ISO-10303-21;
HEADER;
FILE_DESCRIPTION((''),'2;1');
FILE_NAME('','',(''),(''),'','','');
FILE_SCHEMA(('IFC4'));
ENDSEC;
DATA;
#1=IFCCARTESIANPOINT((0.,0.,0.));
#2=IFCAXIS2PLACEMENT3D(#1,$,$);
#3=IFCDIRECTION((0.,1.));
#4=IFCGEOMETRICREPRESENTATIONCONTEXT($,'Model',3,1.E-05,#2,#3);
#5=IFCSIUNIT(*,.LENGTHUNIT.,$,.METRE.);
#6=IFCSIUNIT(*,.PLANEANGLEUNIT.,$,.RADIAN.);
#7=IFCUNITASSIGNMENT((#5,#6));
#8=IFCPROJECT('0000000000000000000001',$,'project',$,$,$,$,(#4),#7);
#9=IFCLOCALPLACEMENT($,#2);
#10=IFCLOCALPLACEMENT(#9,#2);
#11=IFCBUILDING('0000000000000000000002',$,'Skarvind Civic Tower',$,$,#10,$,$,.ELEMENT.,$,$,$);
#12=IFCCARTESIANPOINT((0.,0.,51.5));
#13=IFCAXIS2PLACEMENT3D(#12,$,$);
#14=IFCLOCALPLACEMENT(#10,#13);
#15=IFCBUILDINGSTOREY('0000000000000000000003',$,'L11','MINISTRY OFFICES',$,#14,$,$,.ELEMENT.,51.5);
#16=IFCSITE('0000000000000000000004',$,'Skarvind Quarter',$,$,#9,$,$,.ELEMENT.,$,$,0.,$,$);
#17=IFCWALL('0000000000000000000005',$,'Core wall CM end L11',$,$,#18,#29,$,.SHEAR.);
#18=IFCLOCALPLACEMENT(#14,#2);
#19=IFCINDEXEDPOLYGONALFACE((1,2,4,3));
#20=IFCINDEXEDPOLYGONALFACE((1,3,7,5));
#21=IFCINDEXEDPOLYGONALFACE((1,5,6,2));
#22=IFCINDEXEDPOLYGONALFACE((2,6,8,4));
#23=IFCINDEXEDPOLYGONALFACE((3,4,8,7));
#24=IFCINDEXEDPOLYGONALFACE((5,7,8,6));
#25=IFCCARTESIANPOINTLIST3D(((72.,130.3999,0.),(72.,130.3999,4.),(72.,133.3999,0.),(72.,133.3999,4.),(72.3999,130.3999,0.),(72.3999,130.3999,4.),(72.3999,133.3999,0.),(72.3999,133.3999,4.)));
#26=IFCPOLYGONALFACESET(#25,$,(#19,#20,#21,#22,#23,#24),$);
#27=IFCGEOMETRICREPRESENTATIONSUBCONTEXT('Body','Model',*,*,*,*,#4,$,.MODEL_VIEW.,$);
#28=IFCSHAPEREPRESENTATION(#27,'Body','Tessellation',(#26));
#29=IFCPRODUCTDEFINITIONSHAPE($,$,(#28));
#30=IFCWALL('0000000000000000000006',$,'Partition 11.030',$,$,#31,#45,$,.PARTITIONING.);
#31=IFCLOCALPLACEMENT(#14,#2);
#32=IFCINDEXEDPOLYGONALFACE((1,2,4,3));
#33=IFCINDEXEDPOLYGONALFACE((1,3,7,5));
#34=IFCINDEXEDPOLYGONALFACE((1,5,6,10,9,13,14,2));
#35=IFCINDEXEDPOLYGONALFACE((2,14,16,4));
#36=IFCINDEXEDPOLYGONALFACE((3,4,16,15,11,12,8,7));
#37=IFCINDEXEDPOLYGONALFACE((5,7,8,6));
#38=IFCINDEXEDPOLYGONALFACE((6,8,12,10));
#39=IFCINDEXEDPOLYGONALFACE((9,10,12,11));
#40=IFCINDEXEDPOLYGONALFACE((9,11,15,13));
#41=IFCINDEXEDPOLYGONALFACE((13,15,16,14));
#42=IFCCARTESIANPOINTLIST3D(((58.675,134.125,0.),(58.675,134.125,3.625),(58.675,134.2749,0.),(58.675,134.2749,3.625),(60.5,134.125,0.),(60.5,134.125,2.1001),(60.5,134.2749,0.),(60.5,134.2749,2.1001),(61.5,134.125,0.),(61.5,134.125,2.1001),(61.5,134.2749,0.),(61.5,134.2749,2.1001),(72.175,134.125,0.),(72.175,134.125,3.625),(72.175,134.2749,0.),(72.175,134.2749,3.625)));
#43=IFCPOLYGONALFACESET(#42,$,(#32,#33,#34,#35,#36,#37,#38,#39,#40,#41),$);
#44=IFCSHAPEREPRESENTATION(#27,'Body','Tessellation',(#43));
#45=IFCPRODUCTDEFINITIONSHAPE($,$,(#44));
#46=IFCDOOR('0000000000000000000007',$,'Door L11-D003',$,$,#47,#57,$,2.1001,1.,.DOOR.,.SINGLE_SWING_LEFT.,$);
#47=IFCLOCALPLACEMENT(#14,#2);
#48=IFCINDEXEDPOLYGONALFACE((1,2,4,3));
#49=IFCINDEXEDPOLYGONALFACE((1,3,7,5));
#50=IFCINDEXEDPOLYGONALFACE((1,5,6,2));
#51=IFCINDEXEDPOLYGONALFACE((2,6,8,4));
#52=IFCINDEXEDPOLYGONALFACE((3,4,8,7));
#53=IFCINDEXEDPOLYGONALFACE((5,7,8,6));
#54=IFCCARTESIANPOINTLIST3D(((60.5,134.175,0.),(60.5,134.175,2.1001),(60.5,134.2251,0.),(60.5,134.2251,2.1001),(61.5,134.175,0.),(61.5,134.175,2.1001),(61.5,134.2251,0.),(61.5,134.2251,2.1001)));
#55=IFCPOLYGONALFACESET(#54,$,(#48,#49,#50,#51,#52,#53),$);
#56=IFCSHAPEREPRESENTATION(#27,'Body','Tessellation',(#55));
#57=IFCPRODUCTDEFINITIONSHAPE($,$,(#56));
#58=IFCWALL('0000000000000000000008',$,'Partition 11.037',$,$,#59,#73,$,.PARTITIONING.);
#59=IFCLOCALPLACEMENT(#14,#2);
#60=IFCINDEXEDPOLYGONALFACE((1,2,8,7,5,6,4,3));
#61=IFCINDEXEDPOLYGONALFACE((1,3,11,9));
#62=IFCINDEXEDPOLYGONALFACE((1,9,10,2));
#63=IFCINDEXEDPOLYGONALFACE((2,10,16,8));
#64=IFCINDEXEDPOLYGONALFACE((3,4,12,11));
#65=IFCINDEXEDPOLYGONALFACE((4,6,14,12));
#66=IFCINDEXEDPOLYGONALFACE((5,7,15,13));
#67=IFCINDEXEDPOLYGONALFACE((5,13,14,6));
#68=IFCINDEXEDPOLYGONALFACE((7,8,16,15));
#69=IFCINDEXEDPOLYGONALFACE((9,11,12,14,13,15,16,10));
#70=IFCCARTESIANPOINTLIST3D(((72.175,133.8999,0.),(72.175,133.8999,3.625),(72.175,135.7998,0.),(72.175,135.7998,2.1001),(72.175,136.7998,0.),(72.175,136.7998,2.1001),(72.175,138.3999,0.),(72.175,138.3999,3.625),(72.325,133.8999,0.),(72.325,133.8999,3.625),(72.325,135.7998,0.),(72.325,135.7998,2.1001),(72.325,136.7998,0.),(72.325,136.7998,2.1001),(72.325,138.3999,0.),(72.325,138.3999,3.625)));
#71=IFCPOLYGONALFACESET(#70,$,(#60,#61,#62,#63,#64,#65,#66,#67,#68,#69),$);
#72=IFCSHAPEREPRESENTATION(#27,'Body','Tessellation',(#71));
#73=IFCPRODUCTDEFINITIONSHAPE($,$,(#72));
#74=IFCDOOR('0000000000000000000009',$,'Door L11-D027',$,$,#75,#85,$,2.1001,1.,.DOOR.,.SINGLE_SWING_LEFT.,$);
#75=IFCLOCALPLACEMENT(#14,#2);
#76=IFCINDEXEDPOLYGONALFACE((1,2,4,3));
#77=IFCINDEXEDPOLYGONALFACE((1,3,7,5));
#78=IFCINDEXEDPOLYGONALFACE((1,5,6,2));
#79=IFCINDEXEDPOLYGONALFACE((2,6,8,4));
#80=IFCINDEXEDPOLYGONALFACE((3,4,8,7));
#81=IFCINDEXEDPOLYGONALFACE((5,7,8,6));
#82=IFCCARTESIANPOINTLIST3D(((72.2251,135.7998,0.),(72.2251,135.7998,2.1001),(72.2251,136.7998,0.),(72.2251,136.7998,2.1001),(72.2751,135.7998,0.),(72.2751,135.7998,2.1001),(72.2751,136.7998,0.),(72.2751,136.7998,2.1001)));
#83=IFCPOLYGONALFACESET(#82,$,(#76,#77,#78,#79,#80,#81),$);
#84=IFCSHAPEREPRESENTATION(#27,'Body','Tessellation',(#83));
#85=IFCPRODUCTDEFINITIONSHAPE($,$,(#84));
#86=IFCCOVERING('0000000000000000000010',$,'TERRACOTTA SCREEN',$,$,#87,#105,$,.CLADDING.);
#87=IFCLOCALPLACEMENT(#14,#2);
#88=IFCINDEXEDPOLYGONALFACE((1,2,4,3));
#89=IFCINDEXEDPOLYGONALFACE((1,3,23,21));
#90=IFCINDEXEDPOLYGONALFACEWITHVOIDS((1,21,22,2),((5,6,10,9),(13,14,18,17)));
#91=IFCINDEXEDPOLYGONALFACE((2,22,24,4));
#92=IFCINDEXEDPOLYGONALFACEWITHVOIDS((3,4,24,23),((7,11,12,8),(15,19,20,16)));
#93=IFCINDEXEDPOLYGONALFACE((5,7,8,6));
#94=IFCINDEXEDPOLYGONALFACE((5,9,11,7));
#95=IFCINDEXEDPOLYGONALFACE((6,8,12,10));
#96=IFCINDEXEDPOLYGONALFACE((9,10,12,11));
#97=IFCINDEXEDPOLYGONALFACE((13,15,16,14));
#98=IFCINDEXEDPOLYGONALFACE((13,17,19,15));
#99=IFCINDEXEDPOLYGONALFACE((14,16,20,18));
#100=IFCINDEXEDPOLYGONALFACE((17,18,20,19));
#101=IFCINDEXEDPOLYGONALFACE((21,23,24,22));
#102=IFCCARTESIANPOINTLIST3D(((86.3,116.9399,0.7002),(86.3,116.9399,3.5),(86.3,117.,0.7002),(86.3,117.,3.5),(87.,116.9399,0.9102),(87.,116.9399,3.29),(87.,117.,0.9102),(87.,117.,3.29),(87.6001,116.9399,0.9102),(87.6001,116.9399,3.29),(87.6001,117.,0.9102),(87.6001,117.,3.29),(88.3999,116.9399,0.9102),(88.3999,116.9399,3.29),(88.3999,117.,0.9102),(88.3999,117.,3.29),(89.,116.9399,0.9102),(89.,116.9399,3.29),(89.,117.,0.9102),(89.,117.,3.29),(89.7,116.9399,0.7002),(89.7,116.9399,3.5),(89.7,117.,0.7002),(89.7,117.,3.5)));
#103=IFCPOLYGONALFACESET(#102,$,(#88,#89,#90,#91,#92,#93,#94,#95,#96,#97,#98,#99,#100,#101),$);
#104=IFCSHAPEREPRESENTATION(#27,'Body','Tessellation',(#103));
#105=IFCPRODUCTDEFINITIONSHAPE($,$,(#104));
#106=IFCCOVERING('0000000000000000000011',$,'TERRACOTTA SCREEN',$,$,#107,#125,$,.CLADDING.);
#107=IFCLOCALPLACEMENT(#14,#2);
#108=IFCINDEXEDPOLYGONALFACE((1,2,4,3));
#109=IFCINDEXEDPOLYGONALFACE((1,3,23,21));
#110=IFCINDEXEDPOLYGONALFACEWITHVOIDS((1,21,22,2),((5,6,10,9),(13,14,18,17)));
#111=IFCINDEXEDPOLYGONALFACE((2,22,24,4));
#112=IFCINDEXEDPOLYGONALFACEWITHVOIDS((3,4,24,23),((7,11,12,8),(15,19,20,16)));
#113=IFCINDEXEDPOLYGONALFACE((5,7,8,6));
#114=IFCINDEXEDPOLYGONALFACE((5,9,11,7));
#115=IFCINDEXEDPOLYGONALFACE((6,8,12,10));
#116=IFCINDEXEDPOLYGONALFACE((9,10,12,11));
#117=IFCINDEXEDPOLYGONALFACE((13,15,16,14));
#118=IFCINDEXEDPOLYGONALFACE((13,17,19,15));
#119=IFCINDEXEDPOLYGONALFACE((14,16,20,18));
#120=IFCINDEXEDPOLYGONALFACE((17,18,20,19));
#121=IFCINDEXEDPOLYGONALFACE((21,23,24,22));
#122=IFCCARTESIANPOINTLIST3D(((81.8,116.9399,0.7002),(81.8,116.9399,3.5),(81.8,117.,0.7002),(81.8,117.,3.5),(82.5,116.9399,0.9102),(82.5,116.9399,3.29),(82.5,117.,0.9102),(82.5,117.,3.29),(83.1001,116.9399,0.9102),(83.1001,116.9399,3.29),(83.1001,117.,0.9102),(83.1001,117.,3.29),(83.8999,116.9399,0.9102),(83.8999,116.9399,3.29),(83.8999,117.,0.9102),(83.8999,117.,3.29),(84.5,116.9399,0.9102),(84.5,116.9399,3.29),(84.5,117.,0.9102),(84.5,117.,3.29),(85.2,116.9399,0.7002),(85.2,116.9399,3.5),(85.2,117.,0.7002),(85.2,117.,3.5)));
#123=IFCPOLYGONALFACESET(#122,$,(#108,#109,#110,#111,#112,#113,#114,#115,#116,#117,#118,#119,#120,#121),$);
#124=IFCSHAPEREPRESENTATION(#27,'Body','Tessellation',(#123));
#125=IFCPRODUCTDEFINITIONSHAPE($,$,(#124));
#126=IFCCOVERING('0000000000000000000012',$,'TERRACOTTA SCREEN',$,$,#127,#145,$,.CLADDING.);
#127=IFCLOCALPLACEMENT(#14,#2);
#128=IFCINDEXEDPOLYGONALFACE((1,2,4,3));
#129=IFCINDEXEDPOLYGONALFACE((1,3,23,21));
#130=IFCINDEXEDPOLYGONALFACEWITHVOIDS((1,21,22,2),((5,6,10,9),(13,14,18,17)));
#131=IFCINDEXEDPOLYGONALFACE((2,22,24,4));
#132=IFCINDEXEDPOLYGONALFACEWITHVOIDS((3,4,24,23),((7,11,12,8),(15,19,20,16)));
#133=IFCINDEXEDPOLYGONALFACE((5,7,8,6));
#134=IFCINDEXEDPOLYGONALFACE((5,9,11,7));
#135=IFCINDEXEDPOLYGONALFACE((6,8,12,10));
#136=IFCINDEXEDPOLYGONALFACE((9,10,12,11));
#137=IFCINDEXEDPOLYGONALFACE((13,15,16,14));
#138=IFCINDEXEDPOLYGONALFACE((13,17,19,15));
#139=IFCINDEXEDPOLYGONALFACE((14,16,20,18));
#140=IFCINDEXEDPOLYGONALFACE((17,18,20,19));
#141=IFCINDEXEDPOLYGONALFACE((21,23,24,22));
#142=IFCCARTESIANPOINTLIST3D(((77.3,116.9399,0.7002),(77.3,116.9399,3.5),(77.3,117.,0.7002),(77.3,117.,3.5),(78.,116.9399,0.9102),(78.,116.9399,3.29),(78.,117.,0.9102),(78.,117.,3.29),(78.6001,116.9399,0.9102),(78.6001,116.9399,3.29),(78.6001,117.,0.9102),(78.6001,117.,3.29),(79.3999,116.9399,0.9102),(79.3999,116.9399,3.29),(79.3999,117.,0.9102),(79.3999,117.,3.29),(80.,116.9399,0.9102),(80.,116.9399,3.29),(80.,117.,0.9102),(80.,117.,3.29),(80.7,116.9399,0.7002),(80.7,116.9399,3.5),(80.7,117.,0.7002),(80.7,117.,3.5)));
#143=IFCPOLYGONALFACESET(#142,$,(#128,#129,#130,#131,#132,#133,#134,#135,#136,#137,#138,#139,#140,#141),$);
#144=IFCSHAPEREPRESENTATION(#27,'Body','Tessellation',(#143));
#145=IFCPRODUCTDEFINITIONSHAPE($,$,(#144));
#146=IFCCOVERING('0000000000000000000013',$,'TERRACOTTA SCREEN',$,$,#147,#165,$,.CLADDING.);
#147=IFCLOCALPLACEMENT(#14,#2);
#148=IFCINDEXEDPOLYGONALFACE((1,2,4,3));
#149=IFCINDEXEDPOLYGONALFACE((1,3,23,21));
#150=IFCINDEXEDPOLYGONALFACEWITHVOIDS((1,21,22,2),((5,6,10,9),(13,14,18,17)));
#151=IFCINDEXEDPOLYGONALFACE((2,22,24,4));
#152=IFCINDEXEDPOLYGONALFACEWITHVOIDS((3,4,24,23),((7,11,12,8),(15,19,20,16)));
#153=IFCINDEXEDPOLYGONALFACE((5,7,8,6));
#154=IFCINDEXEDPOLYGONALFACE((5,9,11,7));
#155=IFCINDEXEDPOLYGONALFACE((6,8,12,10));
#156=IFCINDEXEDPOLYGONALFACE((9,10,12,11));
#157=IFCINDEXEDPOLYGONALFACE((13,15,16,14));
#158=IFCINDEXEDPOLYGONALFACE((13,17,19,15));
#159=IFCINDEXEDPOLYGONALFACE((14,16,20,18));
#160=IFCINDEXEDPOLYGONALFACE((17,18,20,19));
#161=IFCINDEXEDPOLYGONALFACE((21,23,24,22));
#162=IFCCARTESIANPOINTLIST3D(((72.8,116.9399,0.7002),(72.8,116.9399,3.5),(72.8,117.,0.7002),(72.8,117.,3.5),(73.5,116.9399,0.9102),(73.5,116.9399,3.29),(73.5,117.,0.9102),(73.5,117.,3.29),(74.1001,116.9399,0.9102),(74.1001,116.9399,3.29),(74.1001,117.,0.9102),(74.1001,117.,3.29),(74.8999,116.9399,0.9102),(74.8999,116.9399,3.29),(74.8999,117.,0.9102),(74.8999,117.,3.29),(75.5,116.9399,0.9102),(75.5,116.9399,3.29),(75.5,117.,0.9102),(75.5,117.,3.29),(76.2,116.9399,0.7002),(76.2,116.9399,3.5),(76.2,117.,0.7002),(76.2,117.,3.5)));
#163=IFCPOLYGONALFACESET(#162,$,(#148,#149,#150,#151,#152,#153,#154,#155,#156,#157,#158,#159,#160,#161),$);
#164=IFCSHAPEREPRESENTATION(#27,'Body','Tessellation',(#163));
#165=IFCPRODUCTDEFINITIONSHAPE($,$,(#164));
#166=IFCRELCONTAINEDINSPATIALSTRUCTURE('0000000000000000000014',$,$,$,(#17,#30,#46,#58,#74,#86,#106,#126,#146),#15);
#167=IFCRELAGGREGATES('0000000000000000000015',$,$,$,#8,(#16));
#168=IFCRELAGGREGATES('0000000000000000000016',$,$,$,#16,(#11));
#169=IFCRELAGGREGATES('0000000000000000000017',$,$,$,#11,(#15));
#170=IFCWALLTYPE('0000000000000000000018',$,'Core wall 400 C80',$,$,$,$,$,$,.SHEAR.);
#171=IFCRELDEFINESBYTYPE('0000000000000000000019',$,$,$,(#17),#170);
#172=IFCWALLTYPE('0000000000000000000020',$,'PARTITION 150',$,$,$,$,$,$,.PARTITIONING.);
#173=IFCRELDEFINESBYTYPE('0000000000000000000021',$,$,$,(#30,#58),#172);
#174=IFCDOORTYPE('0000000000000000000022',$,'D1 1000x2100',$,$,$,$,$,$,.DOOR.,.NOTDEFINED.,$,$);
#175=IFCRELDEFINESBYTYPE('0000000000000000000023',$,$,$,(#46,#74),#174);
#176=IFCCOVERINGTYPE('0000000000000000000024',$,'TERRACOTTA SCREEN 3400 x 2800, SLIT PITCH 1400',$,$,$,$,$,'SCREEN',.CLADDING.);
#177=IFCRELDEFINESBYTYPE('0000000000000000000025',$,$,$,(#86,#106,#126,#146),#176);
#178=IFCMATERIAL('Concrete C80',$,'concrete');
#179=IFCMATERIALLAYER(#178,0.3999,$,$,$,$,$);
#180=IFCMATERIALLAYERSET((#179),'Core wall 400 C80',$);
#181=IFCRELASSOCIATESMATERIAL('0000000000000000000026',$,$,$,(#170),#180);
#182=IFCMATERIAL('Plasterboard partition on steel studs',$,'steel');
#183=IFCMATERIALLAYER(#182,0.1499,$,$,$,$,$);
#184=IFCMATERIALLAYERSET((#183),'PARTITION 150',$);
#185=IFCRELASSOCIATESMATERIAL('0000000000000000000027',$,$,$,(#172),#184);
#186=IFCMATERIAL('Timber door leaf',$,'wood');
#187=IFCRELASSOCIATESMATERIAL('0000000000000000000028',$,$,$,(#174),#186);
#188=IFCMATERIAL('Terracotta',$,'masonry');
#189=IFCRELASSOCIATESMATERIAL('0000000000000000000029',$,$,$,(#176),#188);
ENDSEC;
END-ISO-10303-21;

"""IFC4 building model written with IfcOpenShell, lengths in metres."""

from ifc_helpers import new_model, si_unit, direction, frame, frame_2d, origin, place, context, subcontext, project, spatial, polyline, rectangle, outline, extrude, material, layer, layer_set, material_profile, profile_set, type_object, element, fill, save


model = new_model("IFC4")

# Units and contexts
model_context = context("Model", 3, precision=1e-05, world=origin(), true_north=direction((0.0, 1.0)))
body_context = subcontext(model_context, "Body", "Model", "MODEL_VIEW")
ifc_project = project(units=[si_unit("LENGTHUNIT", "METRE"), si_unit("PLANEANGLEUNIT", "RADIAN")], contexts=[model_context])

# Site, building, storey
site_placement = place(None, origin())
site = spatial("IfcSite", under=ifc_project, at=site_placement, Name="Skarvind Quarter", CompositionType="ELEMENT", RefElevation=0.0)
building_placement = place(site_placement, origin())
building = spatial("IfcBuilding", under=site, at=building_placement, Name="Skarvind Civic Tower", CompositionType="ELEMENT")
storey_placement = place(building_placement, frame((0.0, 0.0, 51.5)))
storey = spatial("IfcBuildingStorey", under=building, at=storey_placement, Name="L11", Description="MINISTRY OFFICES", CompositionType="ELEMENT", Elevation=51.5)

# Shared definitions
ifc_material_1 = material(Name="Concrete C80", Category="concrete")

# Wall
ifc_layer_1 = layer(ifc_material_1, 0.3999)
ifc_layer_set_1 = layer_set([ifc_layer_1], Name="Core wall 400 C80")
wall_type_1 = type_object("IfcWallType", Name="Core wall 400 C80", PredefinedType="SHEAR", material=ifc_layer_set_1)
wall_1_placement = place(storey_placement, frame((72.2, 130.3999, 0.0), z_axis=(0.0, 0.0, 1.0), x_axis=(0.0, 1.0, 0.0)))
element("IfcWall", 1, at=wall_1_placement, inside=storey, type_object=wall_type_1, Name="Core wall CM end L11", PredefinedType="SHEAR", context=body_context, shape_type="SweptSolid", body=[
    extrude(rectangle(XDim=3.0, YDim=0.3999, at=frame_2d((1.5, 0.0))), origin(), (0.0, 0.0, 1.0), 4.0),
])

# Walls, openings, doors
ifc_material_2 = material(Name="Plasterboard partition on steel studs", Category="steel")
ifc_layer_2 = layer(ifc_material_2, 0.1499)
ifc_layer_set_2 = layer_set([ifc_layer_2], Name="PARTITION 150")
wall_type_2 = type_object("IfcWallType", Name="PARTITION 150", PredefinedType="PARTITIONING", material=ifc_layer_set_2)
wall_2_placement = place(storey_placement, frame((72.175, 134.2, 0.0), z_axis=(0.0, 0.0, 1.0), x_axis=(-1.0, 0.0, 0.0)))
wall_2 = element("IfcWall", 2, at=wall_2_placement, inside=storey, type_object=wall_type_2, Name="Partition 11.030", PredefinedType="PARTITIONING", context=body_context, shape_type="SweptSolid", body=[
    extrude(rectangle(XDim=13.5, YDim=0.1499, at=frame_2d((6.75, 0.0))), origin(), (0.0, 0.0, 1.0), 3.625),
])
opening_1_placement = place(wall_2_placement, frame((10.675, 0.0, 0.0)))
opening_1 = element("IfcOpeningElement", 3, at=opening_1_placement, cuts=wall_2, PredefinedType="OPENING", context=body_context, shape_type="SweptSolid", body=[
    extrude(rectangle(XDim=1.0, YDim=2.1001, at=frame_2d((0.5, 1.05))), frame((0.0, 0.085, 0.0), z_axis=(0.0, -1.0, 0.0), x_axis=(1.0, 0.0, 0.0)), (0.0, 0.0, 1.0), 0.1699),
])
ifc_material_3 = material(Name="Timber door leaf", Category="wood")
door_type_1 = type_object("IfcDoorType", Name="D1 1000x2100", OperationType="NOTDEFINED", PredefinedType="DOOR", material=ifc_material_3)
door_1_placement = place(opening_1_placement, origin())
door_1 = element("IfcDoor", 4, at=door_1_placement, inside=storey, type_object=door_type_1, Name="Door L11-D003", OperationType="SINGLE_SWING_LEFT", OverallHeight=2.1001, OverallWidth=1.0, PredefinedType="DOOR", context=body_context, shape_type="SweptSolid", body=[
    extrude(rectangle(XDim=1.0, YDim=2.1001, at=frame_2d((0.5, 1.05))), frame((0.0, 0.0249, 0.0), z_axis=(0.0, -1.0, 0.0), x_axis=(1.0, 0.0, 0.0)), (0.0, 0.0, 1.0), 0.05),
])
fill(opening_1, door_1)
wall_3_placement = place(storey_placement, frame((72.25, 133.8999, 0.0), z_axis=(0.0, 0.0, 1.0), x_axis=(0.0, 1.0, 0.0)))
wall_3 = element("IfcWall", 5, at=wall_3_placement, inside=storey, type_object=wall_type_2, Name="Partition 11.037", PredefinedType="PARTITIONING", context=body_context, shape_type="SweptSolid", body=[
    extrude(rectangle(XDim=4.5, YDim=0.1499, at=frame_2d((2.25, 0.0))), origin(), (0.0, 0.0, 1.0), 3.625),
])
opening_2_placement = place(wall_3_placement, frame((1.8999, 0.0, 0.0)))
opening_2 = element("IfcOpeningElement", 6, at=opening_2_placement, cuts=wall_3, PredefinedType="OPENING", context=body_context, shape_type="SweptSolid", body=[
    extrude(rectangle(XDim=1.0, YDim=2.1001, at=frame_2d((0.5, 1.05))), frame((0.0, 0.085, 0.0), z_axis=(0.0, -1.0, 0.0), x_axis=(1.0, 0.0, 0.0)), (0.0, 0.0, 1.0), 0.1699),
])
door_2_placement = place(opening_2_placement, origin())
door_2 = element("IfcDoor", 7, at=door_2_placement, inside=storey, type_object=door_type_1, Name="Door L11-D027", OperationType="SINGLE_SWING_LEFT", OverallHeight=2.1001, OverallWidth=1.0, PredefinedType="DOOR", context=body_context, shape_type="SweptSolid", body=[
    extrude(rectangle(XDim=1.0, YDim=2.1001, at=frame_2d((0.5, 1.05))), frame((0.0, 0.0249, 0.0), z_axis=(0.0, -1.0, 0.0), x_axis=(1.0, 0.0, 0.0)), (0.0, 0.0, 1.0), 0.05),
])
fill(opening_2, door_2)

# Coverings
ifc_material_4 = material(Name="Terracotta", Category="masonry")
ifc_material_profile_1 = material_profile(ifc_material_4, outline(polyline([(-1.7, -1.3999), (1.7, -1.3999), (1.7, 1.3999), (-1.7, 1.3999), (-1.7, -1.3999)]), holes=[polyline([(-1.0, -1.1899), (-0.3999, -1.1899), (-0.3999, 1.1899), (-1.0, 1.1899), (-1.0, -1.1899)]), polyline([(0.3999, -1.1899), (1.0, -1.1899), (1.0, 1.1899), (0.3999, 1.1899), (0.3999, -1.1899)])]), Name="TERRACOTTA SCREEN 3400 x 2800, SLIT PITCH 1400")
ifc_profile_set_1 = profile_set([ifc_material_profile_1], Name="Terracotta")
covering_type_1 = type_object("IfcCoveringType", Name="TERRACOTTA SCREEN 3400 x 2800, SLIT PITCH 1400", ElementType="SCREEN", PredefinedType="CLADDING", material=ifc_profile_set_1)
for number, where, z_axis, x_axis, name in (
    (8, (88.0, 117.0, 2.1001), (0.0, -1.0, 0.0), (1.0, 0.0, 0.0), "TERRACOTTA SCREEN"),
    (9, (83.5, 117.0, 2.1001), (0.0, -1.0, 0.0), (1.0, 0.0, 0.0), "TERRACOTTA SCREEN"),
    (10, (79.0, 117.0, 2.1001), (0.0, -1.0, 0.0), (1.0, 0.0, 0.0), "TERRACOTTA SCREEN"),
    (11, (74.5, 117.0, 2.1001), (0.0, -1.0, 0.0), (1.0, 0.0, 0.0), "TERRACOTTA SCREEN"),
):
    element("IfcCovering", number, at=place(storey_placement, frame(where, z_axis=z_axis, x_axis=x_axis)), inside=storey, type_object=covering_type_1, Name=name, PredefinedType="CLADDING", context=body_context, shape_type="SweptSolid", body=[
        extrude(outline(polyline([(-1.7, -1.3999), (1.7, -1.3999), (1.7, 1.3999), (-1.7, 1.3999), (-1.7, -1.3999)]), holes=[polyline([(-1.0, -1.1899), (-0.3999, -1.1899), (-0.3999, 1.1899), (-1.0, 1.1899), (-1.0, -1.1899)]), polyline([(0.3999, -1.1899), (1.0, -1.1899), (1.0, 1.1899), (0.3999, 1.1899), (0.3999, -1.1899)])]), origin(), (0.0, 0.0, 1.0), 0.0601),
    ])

save(model, "model.ifc")
